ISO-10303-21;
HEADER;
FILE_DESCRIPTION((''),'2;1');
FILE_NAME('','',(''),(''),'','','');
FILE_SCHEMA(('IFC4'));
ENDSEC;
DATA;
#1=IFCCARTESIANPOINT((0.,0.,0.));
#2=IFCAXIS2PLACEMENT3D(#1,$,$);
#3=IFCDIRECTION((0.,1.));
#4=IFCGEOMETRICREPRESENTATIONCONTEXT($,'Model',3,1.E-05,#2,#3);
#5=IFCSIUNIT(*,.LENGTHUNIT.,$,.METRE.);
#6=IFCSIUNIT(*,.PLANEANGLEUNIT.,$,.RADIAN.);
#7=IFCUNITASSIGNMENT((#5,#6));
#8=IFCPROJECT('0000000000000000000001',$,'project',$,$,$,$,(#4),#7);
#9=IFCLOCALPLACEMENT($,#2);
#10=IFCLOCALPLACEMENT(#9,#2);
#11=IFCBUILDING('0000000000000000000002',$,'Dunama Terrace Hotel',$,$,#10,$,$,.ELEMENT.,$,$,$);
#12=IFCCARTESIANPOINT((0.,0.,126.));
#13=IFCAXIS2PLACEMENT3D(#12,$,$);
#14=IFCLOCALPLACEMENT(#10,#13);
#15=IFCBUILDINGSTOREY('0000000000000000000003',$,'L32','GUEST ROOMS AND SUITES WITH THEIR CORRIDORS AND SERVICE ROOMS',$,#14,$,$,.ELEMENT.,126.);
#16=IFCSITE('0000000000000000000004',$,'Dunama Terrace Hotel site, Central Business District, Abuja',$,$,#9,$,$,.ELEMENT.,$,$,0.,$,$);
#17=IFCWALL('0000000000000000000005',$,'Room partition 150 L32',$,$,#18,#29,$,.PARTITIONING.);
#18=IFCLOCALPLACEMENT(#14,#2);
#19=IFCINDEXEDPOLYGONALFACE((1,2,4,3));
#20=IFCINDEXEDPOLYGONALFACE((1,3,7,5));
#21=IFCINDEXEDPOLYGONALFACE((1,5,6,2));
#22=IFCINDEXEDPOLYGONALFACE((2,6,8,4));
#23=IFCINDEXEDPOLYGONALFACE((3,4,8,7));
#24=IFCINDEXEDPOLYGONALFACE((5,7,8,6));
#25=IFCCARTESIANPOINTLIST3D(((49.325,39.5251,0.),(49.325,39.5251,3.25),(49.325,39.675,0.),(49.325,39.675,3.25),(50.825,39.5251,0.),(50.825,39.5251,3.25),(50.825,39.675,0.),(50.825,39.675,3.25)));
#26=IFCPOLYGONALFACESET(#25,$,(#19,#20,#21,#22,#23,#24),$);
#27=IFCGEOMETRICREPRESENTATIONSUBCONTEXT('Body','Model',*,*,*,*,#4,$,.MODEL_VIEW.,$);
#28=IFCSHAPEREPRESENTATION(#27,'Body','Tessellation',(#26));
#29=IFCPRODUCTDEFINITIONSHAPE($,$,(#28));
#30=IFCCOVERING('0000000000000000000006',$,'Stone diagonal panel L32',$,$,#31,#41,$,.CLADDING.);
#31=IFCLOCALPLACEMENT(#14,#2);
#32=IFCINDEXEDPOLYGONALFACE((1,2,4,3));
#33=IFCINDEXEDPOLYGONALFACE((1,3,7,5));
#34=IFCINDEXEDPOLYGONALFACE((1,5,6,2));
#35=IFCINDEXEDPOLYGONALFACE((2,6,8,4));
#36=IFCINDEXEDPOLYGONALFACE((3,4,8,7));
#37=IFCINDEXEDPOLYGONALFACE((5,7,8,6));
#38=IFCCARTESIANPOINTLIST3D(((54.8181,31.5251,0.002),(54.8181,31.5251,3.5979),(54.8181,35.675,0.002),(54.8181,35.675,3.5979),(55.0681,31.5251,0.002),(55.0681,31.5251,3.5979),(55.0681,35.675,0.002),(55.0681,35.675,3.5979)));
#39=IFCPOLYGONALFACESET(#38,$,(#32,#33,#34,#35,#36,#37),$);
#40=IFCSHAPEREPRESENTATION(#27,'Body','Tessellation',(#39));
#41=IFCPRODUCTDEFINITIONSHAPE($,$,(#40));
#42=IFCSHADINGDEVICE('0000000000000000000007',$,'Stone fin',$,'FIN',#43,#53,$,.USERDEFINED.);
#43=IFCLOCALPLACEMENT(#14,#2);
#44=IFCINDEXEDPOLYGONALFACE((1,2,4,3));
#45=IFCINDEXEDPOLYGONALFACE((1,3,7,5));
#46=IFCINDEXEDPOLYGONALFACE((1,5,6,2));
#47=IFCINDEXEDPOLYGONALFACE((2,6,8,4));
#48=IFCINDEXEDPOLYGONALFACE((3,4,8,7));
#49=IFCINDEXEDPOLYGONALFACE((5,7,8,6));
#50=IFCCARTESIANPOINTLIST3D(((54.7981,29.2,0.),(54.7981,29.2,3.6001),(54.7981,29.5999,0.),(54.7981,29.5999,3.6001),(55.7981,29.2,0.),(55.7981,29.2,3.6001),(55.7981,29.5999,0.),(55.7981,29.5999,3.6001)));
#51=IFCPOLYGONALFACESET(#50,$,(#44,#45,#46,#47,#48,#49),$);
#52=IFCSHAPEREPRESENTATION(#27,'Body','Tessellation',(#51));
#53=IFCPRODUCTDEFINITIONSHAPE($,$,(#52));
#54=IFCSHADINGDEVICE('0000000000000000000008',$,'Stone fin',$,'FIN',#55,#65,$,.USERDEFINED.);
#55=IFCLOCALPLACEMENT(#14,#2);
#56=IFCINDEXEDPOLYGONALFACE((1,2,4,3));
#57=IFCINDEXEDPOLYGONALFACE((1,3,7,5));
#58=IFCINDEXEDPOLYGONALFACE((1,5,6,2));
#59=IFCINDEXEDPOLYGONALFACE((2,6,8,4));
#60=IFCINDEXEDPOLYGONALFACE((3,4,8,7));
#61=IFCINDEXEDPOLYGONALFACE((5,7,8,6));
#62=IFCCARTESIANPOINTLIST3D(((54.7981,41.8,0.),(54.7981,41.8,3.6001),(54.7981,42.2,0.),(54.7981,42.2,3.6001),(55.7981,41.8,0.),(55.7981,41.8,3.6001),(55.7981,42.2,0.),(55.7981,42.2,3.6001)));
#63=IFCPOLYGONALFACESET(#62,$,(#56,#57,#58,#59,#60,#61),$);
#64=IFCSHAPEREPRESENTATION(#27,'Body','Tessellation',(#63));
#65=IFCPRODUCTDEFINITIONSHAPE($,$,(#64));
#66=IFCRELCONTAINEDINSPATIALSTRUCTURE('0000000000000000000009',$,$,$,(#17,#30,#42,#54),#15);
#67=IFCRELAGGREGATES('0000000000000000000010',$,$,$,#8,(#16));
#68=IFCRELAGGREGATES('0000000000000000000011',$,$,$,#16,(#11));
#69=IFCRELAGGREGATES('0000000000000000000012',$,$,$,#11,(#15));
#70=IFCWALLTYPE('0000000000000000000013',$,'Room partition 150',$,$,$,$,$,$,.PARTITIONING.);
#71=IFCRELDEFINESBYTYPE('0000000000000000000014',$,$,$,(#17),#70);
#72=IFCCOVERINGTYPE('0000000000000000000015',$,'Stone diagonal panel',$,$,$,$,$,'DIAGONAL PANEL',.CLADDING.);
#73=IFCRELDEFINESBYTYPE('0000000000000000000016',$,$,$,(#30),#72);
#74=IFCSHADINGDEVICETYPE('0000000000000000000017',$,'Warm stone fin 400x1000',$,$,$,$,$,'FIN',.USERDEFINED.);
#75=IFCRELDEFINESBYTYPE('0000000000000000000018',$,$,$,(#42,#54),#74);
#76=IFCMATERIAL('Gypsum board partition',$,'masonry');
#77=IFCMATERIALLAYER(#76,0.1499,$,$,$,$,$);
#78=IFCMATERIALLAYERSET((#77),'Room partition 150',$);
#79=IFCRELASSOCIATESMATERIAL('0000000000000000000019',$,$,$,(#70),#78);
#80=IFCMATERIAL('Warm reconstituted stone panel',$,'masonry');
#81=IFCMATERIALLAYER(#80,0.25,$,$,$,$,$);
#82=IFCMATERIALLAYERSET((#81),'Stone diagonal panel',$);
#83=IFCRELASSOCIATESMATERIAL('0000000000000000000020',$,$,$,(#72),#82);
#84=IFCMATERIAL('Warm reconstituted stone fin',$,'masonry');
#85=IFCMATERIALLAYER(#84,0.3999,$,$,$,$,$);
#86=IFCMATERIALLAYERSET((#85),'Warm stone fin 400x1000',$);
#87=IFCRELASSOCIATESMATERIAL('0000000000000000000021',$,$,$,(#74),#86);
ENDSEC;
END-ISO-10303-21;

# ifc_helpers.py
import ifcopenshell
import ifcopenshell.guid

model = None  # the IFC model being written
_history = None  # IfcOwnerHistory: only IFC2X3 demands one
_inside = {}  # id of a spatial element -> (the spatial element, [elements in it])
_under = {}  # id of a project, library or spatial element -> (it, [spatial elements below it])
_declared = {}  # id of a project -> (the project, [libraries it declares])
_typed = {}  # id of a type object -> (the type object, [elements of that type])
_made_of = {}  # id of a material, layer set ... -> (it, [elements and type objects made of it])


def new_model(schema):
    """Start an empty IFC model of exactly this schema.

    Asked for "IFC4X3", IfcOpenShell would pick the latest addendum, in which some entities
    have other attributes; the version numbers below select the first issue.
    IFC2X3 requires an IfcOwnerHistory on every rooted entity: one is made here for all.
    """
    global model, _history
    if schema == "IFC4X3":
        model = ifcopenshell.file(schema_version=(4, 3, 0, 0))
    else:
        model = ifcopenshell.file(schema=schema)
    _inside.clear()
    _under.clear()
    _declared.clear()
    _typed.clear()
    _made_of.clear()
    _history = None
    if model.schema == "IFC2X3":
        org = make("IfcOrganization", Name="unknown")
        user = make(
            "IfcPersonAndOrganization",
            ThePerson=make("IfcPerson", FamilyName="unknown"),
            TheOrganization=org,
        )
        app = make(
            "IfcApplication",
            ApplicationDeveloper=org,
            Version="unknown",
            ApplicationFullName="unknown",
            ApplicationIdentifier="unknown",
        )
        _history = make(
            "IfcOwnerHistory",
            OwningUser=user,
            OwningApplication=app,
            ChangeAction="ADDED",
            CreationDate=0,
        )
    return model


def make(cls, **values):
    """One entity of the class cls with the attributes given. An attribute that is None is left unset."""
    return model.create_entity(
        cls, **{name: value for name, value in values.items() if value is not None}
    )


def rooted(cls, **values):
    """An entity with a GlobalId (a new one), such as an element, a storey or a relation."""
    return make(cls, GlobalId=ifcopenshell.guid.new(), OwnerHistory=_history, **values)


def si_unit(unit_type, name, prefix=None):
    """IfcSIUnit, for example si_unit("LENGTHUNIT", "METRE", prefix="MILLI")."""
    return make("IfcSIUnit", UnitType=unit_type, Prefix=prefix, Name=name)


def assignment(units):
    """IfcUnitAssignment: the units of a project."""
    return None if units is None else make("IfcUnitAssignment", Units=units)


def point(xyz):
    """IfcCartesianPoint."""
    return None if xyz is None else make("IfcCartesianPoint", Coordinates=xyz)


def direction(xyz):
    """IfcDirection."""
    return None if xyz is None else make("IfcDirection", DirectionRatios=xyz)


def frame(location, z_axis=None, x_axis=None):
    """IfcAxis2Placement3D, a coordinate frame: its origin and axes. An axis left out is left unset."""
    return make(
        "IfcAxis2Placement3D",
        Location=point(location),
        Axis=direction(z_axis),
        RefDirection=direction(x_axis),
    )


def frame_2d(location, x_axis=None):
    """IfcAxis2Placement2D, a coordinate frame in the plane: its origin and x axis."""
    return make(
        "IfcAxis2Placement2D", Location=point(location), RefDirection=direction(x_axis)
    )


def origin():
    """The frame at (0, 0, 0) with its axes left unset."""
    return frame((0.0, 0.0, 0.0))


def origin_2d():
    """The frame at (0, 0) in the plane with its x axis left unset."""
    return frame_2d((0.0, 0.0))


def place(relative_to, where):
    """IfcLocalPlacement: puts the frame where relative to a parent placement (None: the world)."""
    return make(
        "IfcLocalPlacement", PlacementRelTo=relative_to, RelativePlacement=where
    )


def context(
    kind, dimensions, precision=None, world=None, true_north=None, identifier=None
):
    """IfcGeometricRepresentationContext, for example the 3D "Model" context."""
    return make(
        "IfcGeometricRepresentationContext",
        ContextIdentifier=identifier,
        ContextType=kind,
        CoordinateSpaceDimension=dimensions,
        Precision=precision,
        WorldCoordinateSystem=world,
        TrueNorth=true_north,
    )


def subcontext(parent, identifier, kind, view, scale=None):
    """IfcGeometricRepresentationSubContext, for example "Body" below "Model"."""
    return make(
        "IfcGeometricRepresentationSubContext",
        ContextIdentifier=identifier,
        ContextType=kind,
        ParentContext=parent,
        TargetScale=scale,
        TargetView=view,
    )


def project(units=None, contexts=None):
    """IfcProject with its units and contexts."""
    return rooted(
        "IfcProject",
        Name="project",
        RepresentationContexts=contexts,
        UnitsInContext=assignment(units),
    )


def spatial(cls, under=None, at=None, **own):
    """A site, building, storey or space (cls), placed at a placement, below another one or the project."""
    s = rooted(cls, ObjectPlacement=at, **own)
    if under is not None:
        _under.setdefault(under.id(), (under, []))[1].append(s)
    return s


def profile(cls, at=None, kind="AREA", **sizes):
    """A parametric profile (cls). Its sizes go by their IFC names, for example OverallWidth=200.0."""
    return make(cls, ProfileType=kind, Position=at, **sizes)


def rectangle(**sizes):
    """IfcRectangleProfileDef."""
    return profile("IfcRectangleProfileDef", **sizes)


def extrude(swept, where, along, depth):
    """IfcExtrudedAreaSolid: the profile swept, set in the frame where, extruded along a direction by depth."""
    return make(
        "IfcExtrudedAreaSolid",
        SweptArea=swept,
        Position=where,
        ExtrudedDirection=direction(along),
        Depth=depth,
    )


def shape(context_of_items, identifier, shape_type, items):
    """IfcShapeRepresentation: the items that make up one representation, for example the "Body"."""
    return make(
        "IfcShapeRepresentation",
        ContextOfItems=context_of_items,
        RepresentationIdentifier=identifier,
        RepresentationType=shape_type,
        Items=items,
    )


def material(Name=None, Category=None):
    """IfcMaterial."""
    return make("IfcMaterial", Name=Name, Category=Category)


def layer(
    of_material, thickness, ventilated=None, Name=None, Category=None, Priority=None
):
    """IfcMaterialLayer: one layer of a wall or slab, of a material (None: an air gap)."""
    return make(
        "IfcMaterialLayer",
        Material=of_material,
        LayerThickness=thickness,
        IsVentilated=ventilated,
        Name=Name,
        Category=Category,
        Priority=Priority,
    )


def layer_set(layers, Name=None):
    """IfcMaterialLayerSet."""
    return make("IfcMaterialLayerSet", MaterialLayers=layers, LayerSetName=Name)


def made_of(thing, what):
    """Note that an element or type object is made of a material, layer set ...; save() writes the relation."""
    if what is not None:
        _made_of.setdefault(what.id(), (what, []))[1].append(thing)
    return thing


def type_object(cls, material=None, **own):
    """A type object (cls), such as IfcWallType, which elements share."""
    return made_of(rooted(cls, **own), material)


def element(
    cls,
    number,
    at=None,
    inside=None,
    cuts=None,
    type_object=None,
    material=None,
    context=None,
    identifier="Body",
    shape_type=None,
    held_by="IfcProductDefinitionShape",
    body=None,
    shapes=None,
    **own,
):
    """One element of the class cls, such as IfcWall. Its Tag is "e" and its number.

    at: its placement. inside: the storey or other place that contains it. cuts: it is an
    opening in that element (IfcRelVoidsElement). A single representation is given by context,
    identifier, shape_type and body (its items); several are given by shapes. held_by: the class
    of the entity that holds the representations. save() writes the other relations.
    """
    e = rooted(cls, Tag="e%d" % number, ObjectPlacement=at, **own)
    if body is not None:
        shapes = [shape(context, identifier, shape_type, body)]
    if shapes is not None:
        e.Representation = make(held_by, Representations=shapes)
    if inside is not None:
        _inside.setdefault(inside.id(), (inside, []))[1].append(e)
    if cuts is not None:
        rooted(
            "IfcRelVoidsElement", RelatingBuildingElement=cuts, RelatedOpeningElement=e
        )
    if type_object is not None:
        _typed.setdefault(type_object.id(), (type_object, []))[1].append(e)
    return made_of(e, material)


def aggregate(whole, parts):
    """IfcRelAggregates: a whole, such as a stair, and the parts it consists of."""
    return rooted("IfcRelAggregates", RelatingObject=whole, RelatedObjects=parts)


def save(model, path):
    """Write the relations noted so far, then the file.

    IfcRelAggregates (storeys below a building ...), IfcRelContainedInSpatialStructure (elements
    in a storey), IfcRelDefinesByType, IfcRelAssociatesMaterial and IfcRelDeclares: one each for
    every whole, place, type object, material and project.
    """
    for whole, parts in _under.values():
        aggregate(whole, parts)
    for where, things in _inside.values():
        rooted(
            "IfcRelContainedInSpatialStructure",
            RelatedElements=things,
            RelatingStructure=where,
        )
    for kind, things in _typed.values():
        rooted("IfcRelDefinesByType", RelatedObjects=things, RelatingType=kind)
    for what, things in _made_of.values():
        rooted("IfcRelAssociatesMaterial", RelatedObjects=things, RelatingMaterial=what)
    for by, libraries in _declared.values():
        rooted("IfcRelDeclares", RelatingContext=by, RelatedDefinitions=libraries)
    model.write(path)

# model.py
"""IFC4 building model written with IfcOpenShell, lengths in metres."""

from ifc_helpers import new_model, si_unit, direction, frame, frame_2d, origin, origin_2d, place, context, subcontext, project, spatial, rectangle, extrude, material, layer, layer_set, type_object, element, save


model = new_model("IFC4")

# Units and contexts
model_context = context("Model", 3, precision=1e-05, world=origin(), true_north=direction((0.0, 1.0)))
body_context = subcontext(model_context, "Body", "Model", "MODEL_VIEW")
ifc_project = project(units=[si_unit("LENGTHUNIT", "METRE"), si_unit("PLANEANGLEUNIT", "RADIAN")], contexts=[model_context])

# Site, building, storey
site_placement = place(None, origin())
site = spatial("IfcSite", under=ifc_project, at=site_placement, Name="Dunama Terrace Hotel site, Central Business District, Abuja", CompositionType="ELEMENT", RefElevation=0.0)
building_placement = place(site_placement, origin())
building = spatial("IfcBuilding", under=site, at=building_placement, Name="Dunama Terrace Hotel", CompositionType="ELEMENT")
storey_placement = place(building_placement, frame((0.0, 0.0, 126.0)))
storey = spatial("IfcBuildingStorey", under=building, at=storey_placement, Name="L32", Description="GUEST ROOMS AND SUITES WITH THEIR CORRIDORS AND SERVICE ROOMS", CompositionType="ELEMENT", Elevation=126.0)

# Shared definitions
ifc_material_1 = material(Name="Gypsum board partition", Category="masonry")
ifc_layer_1 = layer(ifc_material_1, 0.1499)
ifc_layer_set_1 = layer_set([ifc_layer_1], Name="Room partition 150")
wall_type_1 = type_object("IfcWallType", Name="Room partition 150", PredefinedType="PARTITIONING", material=ifc_layer_set_1)

# Wall
wall_1_placement = place(storey_placement, frame((49.325, 39.6001, 0.0), z_axis=(0.0, 0.0, 1.0), x_axis=(1.0, 0.0, 0.0)))
element("IfcWall", 1, at=wall_1_placement, inside=storey, type_object=wall_type_1, Name="Room partition 150 L32", PredefinedType="PARTITIONING", context=body_context, shape_type="SweptSolid", body=[
    extrude(rectangle(XDim=1.5, YDim=0.1499, at=frame_2d((0.75, 0.0))), origin(), (0.0, 0.0, 1.0), 3.25),
])

# Covering
ifc_material_2 = material(Name="Warm reconstituted stone panel", Category="masonry")
ifc_layer_2 = layer(ifc_material_2, 0.25)
ifc_layer_set_2 = layer_set([ifc_layer_2], Name="Stone diagonal panel")
covering_type = type_object("IfcCoveringType", Name="Stone diagonal panel", ElementType="DIAGONAL PANEL", PredefinedType="CLADDING", material=ifc_layer_set_2)
covering_placement = place(storey_placement, frame((54.9431, 33.6001, 0.002), z_axis=(0.0, 0.0, 1.0), x_axis=(0.0, 1.0, 0.0)))
element("IfcCovering", 2, at=covering_placement, inside=storey, type_object=covering_type, Name="Stone diagonal panel L32", PredefinedType="CLADDING", context=body_context, shape_type="SweptSolid", body=[
    extrude(rectangle(XDim=4.1499, YDim=0.25, at=origin_2d()), origin(), (0.0, 0.0, 1.0), 3.5959),
])

# Shading devices
ifc_material_3 = material(Name="Warm reconstituted stone fin", Category="masonry")
ifc_layer_3 = layer(ifc_material_3, 0.3999)
ifc_layer_set_3 = layer_set([ifc_layer_3], Name="Warm stone fin 400x1000")
shading_device_type = type_object("IfcShadingDeviceType", Name="Warm stone fin 400x1000", ElementType="FIN", PredefinedType="USERDEFINED", material=ifc_layer_set_3)
for number, where, z_axis, x_axis, name in (
    (3, (55.2981, 29.3999, 0.0), (0.0, 0.0, 1.0), (0.0, 1.0, 0.0), "Stone fin"),
    (4, (55.2981, 42.0, 0.0), (0.0, 0.0, 1.0), (0.0, 1.0, 0.0), "Stone fin"),
):
    element("IfcShadingDevice", number, at=place(storey_placement, frame(where, z_axis=z_axis, x_axis=x_axis)), inside=storey, type_object=shading_device_type, Name=name, ObjectType="FIN", PredefinedType="USERDEFINED", context=body_context, shape_type="SweptSolid", body=[
        extrude(rectangle(XDim=0.3999, YDim=1.0, at=origin_2d()), origin(), (0.0, 0.0, 1.0), 3.6001),
    ])

save(model, "model.ifc")
